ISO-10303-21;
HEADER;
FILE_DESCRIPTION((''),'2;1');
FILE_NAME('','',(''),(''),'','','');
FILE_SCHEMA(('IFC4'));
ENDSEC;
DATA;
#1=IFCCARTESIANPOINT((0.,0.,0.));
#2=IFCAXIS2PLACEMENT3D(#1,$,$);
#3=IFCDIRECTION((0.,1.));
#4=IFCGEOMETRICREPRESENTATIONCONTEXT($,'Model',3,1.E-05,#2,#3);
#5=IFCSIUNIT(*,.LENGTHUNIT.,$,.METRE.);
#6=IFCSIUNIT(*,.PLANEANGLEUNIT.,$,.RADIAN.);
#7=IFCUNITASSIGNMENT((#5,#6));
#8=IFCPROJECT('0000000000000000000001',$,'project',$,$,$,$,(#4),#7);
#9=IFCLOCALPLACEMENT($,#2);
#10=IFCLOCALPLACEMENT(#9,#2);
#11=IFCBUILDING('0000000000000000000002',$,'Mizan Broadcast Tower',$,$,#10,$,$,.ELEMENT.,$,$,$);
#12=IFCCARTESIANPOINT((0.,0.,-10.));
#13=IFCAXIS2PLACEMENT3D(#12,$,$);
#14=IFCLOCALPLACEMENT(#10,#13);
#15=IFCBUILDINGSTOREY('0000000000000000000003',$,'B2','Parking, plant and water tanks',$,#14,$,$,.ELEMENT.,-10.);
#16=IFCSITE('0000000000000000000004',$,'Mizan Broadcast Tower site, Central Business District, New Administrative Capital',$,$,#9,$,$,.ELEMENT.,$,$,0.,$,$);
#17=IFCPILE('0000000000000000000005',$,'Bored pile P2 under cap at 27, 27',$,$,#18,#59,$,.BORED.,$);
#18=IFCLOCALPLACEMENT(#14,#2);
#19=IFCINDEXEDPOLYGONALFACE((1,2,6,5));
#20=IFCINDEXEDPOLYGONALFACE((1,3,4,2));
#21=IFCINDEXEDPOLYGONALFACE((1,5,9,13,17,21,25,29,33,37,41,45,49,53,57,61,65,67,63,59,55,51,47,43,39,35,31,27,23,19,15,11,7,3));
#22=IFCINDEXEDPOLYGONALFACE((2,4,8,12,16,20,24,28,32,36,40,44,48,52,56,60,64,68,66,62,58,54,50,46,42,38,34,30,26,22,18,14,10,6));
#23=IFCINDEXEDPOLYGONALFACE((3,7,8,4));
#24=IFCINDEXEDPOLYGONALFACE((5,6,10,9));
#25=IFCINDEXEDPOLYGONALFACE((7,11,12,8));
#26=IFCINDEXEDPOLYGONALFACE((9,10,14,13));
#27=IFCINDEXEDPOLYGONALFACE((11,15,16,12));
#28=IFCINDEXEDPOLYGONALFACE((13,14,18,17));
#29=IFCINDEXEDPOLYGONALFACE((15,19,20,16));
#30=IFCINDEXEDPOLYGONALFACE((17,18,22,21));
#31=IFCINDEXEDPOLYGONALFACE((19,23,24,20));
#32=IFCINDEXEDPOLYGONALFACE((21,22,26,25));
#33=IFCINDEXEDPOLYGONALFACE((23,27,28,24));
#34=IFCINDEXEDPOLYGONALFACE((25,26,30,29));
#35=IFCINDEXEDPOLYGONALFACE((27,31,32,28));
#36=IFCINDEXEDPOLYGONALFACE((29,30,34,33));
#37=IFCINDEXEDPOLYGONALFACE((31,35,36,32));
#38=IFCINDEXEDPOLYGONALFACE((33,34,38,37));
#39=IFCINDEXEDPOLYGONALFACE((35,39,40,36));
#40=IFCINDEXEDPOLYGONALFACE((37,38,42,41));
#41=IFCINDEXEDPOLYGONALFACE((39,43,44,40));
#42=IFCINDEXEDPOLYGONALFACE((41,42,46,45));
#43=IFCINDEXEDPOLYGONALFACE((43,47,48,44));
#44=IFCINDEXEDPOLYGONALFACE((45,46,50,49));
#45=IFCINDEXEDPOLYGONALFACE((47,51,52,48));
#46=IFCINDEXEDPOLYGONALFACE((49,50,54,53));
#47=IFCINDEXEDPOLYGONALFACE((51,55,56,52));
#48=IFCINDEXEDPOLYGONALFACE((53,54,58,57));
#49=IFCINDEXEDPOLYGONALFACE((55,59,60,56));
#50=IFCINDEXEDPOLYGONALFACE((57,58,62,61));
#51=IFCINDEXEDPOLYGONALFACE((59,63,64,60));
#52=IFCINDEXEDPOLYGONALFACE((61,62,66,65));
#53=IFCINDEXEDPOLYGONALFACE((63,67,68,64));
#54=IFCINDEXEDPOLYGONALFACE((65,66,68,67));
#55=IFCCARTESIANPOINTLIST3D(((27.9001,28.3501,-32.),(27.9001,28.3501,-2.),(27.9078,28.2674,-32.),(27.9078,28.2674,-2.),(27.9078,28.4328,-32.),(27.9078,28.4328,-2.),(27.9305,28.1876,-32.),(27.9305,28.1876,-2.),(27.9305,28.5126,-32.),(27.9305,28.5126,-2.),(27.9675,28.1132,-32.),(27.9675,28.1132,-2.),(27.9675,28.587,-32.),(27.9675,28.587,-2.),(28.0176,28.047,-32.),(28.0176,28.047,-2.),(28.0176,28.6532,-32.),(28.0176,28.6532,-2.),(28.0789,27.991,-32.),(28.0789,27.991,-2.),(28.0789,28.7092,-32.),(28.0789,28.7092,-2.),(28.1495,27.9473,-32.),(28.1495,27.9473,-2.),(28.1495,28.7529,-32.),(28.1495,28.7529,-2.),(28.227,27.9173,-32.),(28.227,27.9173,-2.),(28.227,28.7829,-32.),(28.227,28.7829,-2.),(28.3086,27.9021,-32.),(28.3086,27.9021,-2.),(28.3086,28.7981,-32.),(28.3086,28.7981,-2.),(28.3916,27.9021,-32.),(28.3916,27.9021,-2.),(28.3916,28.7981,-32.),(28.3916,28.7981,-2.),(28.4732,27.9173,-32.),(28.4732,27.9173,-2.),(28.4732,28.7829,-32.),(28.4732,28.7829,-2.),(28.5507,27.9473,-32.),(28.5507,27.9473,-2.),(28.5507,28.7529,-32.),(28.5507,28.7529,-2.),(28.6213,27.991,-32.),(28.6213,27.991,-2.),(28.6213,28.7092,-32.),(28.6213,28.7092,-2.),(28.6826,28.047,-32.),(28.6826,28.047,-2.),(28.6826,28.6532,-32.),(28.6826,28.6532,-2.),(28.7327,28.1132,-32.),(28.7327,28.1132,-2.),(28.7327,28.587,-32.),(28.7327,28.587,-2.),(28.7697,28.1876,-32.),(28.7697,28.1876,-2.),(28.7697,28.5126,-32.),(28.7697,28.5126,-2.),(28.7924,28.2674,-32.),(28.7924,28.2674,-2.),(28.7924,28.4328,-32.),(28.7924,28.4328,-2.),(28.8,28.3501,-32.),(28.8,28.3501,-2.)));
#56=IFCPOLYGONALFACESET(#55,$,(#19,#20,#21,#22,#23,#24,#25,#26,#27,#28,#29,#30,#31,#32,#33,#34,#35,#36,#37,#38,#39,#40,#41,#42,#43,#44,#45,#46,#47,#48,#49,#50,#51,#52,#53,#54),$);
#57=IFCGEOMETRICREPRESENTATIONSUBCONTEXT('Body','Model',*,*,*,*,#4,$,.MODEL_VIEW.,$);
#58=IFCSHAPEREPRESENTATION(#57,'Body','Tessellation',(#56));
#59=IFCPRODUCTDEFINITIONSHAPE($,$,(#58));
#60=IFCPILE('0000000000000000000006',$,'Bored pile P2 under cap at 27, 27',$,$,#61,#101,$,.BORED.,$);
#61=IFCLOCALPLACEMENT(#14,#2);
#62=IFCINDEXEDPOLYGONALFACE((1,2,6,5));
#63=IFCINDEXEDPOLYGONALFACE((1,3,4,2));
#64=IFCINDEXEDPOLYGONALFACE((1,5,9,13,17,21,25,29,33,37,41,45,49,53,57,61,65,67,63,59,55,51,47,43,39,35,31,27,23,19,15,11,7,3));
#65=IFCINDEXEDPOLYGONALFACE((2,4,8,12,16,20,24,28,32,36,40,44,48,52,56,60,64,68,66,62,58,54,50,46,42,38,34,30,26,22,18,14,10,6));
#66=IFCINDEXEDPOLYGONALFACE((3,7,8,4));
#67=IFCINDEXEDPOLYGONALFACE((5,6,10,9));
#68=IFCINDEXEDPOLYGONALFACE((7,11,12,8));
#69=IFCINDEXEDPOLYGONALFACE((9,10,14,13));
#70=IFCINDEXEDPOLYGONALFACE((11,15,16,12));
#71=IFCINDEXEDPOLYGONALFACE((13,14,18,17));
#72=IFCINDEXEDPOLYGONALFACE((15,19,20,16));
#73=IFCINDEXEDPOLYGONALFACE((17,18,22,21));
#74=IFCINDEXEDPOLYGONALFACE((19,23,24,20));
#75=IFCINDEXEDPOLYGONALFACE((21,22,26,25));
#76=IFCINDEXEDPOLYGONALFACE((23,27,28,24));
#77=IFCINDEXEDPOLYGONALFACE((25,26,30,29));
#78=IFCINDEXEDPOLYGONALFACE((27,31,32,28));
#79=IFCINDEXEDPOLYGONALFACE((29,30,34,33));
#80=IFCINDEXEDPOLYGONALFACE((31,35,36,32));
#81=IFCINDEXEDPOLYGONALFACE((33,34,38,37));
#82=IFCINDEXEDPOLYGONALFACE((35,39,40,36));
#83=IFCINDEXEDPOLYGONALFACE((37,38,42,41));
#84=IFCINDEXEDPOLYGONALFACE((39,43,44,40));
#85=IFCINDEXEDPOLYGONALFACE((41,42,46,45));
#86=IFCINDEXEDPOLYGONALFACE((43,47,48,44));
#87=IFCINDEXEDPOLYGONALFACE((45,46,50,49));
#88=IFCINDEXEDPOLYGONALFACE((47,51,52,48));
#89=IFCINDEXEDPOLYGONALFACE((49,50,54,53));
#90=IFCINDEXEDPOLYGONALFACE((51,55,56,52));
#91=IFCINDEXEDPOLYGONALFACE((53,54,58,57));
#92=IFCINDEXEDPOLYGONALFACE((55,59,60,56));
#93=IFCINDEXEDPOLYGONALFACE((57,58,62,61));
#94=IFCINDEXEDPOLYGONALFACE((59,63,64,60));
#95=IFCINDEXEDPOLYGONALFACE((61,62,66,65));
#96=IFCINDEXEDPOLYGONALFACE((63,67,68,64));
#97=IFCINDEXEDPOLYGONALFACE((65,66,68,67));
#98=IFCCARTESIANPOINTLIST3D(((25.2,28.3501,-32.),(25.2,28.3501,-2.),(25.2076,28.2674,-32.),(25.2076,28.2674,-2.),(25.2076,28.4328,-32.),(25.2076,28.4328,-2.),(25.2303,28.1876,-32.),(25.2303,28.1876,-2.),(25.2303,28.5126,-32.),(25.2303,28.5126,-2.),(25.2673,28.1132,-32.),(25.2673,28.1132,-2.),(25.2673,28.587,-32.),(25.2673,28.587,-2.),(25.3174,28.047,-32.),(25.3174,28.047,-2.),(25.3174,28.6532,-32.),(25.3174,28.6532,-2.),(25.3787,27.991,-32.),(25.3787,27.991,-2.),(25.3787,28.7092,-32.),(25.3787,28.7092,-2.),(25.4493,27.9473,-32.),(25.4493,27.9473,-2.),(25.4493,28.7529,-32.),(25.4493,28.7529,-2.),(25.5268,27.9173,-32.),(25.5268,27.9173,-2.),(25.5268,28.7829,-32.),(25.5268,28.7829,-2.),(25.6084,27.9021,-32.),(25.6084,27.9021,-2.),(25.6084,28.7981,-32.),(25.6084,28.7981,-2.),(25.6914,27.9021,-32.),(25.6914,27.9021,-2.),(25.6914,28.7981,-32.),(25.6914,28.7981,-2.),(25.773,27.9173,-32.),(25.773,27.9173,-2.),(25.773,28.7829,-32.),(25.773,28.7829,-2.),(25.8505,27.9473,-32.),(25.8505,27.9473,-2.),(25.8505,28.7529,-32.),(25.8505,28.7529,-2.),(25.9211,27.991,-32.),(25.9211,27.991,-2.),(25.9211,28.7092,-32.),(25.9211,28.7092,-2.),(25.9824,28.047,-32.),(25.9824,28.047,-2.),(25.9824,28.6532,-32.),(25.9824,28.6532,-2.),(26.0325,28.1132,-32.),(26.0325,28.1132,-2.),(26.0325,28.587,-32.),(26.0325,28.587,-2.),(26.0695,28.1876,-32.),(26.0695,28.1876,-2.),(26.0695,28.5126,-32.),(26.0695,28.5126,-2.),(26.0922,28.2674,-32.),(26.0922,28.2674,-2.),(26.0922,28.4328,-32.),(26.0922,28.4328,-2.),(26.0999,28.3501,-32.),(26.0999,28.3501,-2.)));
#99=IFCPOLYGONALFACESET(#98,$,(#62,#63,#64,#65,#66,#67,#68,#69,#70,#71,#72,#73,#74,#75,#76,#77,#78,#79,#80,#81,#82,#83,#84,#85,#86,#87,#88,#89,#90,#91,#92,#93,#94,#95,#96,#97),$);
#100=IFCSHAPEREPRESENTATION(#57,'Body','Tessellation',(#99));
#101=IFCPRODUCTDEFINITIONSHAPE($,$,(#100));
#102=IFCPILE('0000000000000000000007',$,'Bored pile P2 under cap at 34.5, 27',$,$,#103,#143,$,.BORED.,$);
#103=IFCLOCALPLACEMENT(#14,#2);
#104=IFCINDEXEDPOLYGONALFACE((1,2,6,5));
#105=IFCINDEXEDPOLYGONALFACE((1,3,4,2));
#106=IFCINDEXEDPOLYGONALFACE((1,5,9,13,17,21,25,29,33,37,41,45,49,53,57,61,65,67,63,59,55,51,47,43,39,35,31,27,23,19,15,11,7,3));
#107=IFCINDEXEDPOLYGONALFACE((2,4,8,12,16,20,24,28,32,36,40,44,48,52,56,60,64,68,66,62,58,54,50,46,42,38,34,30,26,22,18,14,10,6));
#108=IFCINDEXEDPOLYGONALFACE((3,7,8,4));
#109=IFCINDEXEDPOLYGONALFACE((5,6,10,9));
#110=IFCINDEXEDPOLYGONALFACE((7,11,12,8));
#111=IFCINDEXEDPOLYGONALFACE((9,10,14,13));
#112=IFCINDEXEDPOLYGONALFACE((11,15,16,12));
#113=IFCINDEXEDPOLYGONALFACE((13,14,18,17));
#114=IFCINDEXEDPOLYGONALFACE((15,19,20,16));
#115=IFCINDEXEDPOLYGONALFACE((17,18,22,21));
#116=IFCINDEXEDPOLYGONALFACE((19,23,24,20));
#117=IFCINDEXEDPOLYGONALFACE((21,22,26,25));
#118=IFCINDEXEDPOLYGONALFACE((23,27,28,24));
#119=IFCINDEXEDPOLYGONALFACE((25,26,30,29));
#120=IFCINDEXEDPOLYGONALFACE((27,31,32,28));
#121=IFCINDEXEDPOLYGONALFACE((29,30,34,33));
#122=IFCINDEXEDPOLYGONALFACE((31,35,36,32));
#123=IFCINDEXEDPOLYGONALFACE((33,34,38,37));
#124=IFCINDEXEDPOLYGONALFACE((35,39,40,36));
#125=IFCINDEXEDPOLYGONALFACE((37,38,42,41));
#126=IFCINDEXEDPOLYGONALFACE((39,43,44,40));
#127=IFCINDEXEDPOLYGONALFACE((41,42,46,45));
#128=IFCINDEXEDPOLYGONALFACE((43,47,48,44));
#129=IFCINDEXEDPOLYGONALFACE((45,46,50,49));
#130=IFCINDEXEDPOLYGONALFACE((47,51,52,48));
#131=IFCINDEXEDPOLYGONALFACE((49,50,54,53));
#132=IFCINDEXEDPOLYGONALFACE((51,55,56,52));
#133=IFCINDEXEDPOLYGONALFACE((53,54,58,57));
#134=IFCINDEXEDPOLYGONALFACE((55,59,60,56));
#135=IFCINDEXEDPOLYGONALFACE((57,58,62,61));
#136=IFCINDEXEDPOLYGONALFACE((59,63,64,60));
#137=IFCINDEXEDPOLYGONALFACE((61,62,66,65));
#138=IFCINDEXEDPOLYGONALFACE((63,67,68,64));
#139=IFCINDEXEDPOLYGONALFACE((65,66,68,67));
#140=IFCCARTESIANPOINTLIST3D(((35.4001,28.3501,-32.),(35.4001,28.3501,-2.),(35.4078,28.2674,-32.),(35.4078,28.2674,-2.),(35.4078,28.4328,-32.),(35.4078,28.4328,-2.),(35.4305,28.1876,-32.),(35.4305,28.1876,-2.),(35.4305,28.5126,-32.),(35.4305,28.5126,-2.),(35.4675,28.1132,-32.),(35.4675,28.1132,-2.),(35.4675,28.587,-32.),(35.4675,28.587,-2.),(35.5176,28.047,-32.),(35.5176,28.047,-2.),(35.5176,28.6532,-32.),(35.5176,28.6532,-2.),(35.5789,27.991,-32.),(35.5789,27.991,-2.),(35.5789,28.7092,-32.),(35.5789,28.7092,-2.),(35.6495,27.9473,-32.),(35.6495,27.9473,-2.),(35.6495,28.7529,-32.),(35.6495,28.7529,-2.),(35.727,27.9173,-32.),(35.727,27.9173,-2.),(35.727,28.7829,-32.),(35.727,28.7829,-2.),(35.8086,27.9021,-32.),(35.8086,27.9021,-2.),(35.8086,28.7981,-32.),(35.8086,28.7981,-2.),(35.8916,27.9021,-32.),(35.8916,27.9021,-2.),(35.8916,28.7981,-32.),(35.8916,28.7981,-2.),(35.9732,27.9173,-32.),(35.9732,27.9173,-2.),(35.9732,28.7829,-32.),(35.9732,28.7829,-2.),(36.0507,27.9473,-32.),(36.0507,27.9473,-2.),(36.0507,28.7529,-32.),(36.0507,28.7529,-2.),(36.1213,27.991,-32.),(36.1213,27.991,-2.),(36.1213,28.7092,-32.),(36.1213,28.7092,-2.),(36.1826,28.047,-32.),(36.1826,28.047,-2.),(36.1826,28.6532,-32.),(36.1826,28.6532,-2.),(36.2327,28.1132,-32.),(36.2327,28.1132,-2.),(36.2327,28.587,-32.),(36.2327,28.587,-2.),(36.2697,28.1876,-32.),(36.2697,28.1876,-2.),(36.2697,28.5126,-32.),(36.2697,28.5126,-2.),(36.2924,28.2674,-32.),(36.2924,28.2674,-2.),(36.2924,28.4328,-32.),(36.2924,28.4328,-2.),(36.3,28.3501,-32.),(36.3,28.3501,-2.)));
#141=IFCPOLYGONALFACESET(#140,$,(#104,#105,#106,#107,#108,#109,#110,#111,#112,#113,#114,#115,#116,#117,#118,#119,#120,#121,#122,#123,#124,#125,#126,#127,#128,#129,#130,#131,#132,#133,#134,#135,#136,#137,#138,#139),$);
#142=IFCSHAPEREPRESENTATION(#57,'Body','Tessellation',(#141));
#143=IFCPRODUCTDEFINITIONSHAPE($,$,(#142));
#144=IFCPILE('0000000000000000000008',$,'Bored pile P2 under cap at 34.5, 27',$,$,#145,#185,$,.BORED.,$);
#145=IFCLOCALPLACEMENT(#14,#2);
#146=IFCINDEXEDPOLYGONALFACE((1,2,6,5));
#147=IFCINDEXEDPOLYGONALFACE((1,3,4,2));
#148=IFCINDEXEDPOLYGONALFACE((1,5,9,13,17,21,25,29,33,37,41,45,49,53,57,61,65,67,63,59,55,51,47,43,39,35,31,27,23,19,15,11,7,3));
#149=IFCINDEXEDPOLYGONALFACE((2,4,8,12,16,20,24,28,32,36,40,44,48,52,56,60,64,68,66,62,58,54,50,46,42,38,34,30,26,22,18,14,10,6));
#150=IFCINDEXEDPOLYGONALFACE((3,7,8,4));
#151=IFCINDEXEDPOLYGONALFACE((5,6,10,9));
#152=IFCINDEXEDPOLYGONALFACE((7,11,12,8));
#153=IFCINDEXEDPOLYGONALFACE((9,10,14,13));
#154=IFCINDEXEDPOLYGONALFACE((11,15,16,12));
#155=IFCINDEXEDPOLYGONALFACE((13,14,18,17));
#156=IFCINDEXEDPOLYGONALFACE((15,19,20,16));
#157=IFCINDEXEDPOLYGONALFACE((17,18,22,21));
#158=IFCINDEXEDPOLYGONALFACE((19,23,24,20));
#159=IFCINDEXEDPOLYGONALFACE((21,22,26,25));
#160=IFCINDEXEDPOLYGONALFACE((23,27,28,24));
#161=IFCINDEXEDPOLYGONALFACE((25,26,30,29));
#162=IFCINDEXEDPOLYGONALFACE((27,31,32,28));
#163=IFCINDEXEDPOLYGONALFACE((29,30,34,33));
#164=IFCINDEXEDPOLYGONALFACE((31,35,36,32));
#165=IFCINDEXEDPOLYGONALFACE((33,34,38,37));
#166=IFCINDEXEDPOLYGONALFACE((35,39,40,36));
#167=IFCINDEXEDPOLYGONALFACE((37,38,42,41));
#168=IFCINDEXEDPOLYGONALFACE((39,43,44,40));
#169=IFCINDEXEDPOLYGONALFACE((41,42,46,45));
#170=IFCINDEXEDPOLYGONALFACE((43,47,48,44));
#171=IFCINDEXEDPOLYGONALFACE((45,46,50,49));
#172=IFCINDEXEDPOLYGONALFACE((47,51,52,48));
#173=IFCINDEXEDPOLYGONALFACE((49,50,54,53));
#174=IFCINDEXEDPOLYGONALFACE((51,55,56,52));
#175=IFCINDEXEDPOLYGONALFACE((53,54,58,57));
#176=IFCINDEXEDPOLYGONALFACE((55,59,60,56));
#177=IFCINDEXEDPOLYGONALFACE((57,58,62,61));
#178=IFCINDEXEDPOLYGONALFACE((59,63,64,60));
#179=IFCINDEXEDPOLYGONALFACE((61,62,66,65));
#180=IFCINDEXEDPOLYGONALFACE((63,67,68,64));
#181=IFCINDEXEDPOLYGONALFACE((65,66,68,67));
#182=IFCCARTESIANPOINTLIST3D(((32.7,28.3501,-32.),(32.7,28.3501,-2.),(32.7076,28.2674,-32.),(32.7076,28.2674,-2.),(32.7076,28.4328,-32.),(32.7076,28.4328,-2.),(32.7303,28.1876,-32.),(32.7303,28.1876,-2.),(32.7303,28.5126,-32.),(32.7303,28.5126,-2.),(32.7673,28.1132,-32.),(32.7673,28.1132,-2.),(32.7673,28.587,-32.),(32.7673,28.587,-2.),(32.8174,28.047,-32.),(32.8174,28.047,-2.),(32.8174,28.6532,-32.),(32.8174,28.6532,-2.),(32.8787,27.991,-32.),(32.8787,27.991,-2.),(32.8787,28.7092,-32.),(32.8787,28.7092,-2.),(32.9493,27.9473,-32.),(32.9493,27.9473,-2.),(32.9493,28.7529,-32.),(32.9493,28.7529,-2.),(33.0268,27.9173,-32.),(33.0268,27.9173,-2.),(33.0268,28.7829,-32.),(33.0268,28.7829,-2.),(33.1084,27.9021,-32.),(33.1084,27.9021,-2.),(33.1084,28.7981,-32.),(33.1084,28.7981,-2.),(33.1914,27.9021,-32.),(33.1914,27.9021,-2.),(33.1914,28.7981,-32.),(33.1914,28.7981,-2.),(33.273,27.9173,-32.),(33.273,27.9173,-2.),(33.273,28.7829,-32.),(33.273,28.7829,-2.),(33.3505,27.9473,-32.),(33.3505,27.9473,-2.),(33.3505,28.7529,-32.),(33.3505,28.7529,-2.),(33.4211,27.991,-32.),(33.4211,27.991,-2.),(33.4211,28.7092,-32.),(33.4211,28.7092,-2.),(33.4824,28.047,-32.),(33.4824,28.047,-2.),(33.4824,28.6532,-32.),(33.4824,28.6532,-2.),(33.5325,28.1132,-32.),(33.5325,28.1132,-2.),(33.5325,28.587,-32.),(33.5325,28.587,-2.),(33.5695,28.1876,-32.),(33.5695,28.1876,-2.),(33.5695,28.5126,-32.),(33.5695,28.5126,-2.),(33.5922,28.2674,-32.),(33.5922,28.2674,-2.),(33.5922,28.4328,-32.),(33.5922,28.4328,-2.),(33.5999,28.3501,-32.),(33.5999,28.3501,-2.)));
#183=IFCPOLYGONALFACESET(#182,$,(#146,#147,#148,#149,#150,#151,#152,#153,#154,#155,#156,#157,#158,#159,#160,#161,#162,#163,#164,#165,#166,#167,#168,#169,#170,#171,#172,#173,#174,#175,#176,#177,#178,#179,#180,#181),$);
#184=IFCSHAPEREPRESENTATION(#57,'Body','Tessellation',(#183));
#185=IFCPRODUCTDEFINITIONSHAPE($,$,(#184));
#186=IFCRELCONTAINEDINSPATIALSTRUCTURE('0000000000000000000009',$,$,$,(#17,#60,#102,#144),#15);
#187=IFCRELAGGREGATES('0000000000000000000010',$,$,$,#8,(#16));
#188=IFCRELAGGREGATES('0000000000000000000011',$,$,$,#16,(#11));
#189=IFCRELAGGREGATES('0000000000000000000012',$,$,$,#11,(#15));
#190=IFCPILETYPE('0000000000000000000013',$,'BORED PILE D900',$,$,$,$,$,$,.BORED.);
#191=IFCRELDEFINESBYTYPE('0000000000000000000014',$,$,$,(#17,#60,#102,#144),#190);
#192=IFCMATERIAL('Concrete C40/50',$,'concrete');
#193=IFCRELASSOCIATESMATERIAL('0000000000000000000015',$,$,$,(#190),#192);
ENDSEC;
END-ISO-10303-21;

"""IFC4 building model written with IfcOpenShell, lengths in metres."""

from ifc_helpers import new_model, si_unit, direction, frame, origin, origin_2d, place, context, subcontext, project, spatial, circle, extrude, material, material_profile, profile_set, type_object, element, save


model = new_model("IFC4")

# Units and contexts
model_context = context("Model", 3, precision=1e-05, world=origin(), true_north=direction((0.0, 1.0)))
body_context = subcontext(model_context, "Body", "Model", "MODEL_VIEW")
ifc_project = project(units=[si_unit("LENGTHUNIT", "METRE"), si_unit("PLANEANGLEUNIT", "RADIAN")], contexts=[model_context])

# Site, building, storey
site_placement = place(None, origin())
site = spatial("IfcSite", under=ifc_project, at=site_placement, Name="Mizan Broadcast Tower site, Central Business District, New Administrative Capital", CompositionType="ELEMENT", RefElevation=0.0)
building_placement = place(site_placement, origin())
building = spatial("IfcBuilding", under=site, at=building_placement, Name="Mizan Broadcast Tower", CompositionType="ELEMENT")
storey_placement = place(building_placement, frame((0.0, 0.0, -10.0)))
storey = spatial("IfcBuildingStorey", under=building, at=storey_placement, Name="B2", Description="Parking, plant and water tanks", CompositionType="ELEMENT", Elevation=-10.0)

# Piles
ifc_material_1 = material(Name="Concrete C40/50", Category="concrete")
ifc_material_profile_1 = material_profile(ifc_material_1, circle(Radius=0.45, at=origin_2d()), Name="D900")
ifc_profile_set_1 = profile_set([ifc_material_profile_1], Name="Concrete C40/50")
pile_type = type_object("IfcPileType", Name="BORED PILE D900", PredefinedType="BORED", material=ifc_profile_set_1)
for number, where, z_axis, x_axis, name in (
    (1, (28.3501, 28.3501, -2.0), (0.0, 0.0, -1.0), (1.0, 0.0, 0.0), "Bored pile P2 under cap at 27, 27"),
    (2, (25.6499, 28.3501, -2.0), (0.0, 0.0, -1.0), (1.0, 0.0, 0.0), "Bored pile P2 under cap at 27, 27"),
    (3, (35.8501, 28.3501, -2.0), (0.0, 0.0, -1.0), (1.0, 0.0, 0.0), "Bored pile P2 under cap at 34.5, 27"),
    (4, (33.1499, 28.3501, -2.0), (0.0, 0.0, -1.0), (1.0, 0.0, 0.0), "Bored pile P2 under cap at 34.5, 27"),
):
    element("IfcPile", number, at=place(storey_placement, frame(where, z_axis=z_axis, x_axis=x_axis)), inside=storey, type_object=pile_type, Name=name, PredefinedType="BORED", context=body_context, shape_type="SweptSolid", body=[
        extrude(circle(Radius=0.45, at=origin_2d()), origin(), (0.0, 0.0, 1.0), 30.0),
    ])

save(model, "model.ifc")
